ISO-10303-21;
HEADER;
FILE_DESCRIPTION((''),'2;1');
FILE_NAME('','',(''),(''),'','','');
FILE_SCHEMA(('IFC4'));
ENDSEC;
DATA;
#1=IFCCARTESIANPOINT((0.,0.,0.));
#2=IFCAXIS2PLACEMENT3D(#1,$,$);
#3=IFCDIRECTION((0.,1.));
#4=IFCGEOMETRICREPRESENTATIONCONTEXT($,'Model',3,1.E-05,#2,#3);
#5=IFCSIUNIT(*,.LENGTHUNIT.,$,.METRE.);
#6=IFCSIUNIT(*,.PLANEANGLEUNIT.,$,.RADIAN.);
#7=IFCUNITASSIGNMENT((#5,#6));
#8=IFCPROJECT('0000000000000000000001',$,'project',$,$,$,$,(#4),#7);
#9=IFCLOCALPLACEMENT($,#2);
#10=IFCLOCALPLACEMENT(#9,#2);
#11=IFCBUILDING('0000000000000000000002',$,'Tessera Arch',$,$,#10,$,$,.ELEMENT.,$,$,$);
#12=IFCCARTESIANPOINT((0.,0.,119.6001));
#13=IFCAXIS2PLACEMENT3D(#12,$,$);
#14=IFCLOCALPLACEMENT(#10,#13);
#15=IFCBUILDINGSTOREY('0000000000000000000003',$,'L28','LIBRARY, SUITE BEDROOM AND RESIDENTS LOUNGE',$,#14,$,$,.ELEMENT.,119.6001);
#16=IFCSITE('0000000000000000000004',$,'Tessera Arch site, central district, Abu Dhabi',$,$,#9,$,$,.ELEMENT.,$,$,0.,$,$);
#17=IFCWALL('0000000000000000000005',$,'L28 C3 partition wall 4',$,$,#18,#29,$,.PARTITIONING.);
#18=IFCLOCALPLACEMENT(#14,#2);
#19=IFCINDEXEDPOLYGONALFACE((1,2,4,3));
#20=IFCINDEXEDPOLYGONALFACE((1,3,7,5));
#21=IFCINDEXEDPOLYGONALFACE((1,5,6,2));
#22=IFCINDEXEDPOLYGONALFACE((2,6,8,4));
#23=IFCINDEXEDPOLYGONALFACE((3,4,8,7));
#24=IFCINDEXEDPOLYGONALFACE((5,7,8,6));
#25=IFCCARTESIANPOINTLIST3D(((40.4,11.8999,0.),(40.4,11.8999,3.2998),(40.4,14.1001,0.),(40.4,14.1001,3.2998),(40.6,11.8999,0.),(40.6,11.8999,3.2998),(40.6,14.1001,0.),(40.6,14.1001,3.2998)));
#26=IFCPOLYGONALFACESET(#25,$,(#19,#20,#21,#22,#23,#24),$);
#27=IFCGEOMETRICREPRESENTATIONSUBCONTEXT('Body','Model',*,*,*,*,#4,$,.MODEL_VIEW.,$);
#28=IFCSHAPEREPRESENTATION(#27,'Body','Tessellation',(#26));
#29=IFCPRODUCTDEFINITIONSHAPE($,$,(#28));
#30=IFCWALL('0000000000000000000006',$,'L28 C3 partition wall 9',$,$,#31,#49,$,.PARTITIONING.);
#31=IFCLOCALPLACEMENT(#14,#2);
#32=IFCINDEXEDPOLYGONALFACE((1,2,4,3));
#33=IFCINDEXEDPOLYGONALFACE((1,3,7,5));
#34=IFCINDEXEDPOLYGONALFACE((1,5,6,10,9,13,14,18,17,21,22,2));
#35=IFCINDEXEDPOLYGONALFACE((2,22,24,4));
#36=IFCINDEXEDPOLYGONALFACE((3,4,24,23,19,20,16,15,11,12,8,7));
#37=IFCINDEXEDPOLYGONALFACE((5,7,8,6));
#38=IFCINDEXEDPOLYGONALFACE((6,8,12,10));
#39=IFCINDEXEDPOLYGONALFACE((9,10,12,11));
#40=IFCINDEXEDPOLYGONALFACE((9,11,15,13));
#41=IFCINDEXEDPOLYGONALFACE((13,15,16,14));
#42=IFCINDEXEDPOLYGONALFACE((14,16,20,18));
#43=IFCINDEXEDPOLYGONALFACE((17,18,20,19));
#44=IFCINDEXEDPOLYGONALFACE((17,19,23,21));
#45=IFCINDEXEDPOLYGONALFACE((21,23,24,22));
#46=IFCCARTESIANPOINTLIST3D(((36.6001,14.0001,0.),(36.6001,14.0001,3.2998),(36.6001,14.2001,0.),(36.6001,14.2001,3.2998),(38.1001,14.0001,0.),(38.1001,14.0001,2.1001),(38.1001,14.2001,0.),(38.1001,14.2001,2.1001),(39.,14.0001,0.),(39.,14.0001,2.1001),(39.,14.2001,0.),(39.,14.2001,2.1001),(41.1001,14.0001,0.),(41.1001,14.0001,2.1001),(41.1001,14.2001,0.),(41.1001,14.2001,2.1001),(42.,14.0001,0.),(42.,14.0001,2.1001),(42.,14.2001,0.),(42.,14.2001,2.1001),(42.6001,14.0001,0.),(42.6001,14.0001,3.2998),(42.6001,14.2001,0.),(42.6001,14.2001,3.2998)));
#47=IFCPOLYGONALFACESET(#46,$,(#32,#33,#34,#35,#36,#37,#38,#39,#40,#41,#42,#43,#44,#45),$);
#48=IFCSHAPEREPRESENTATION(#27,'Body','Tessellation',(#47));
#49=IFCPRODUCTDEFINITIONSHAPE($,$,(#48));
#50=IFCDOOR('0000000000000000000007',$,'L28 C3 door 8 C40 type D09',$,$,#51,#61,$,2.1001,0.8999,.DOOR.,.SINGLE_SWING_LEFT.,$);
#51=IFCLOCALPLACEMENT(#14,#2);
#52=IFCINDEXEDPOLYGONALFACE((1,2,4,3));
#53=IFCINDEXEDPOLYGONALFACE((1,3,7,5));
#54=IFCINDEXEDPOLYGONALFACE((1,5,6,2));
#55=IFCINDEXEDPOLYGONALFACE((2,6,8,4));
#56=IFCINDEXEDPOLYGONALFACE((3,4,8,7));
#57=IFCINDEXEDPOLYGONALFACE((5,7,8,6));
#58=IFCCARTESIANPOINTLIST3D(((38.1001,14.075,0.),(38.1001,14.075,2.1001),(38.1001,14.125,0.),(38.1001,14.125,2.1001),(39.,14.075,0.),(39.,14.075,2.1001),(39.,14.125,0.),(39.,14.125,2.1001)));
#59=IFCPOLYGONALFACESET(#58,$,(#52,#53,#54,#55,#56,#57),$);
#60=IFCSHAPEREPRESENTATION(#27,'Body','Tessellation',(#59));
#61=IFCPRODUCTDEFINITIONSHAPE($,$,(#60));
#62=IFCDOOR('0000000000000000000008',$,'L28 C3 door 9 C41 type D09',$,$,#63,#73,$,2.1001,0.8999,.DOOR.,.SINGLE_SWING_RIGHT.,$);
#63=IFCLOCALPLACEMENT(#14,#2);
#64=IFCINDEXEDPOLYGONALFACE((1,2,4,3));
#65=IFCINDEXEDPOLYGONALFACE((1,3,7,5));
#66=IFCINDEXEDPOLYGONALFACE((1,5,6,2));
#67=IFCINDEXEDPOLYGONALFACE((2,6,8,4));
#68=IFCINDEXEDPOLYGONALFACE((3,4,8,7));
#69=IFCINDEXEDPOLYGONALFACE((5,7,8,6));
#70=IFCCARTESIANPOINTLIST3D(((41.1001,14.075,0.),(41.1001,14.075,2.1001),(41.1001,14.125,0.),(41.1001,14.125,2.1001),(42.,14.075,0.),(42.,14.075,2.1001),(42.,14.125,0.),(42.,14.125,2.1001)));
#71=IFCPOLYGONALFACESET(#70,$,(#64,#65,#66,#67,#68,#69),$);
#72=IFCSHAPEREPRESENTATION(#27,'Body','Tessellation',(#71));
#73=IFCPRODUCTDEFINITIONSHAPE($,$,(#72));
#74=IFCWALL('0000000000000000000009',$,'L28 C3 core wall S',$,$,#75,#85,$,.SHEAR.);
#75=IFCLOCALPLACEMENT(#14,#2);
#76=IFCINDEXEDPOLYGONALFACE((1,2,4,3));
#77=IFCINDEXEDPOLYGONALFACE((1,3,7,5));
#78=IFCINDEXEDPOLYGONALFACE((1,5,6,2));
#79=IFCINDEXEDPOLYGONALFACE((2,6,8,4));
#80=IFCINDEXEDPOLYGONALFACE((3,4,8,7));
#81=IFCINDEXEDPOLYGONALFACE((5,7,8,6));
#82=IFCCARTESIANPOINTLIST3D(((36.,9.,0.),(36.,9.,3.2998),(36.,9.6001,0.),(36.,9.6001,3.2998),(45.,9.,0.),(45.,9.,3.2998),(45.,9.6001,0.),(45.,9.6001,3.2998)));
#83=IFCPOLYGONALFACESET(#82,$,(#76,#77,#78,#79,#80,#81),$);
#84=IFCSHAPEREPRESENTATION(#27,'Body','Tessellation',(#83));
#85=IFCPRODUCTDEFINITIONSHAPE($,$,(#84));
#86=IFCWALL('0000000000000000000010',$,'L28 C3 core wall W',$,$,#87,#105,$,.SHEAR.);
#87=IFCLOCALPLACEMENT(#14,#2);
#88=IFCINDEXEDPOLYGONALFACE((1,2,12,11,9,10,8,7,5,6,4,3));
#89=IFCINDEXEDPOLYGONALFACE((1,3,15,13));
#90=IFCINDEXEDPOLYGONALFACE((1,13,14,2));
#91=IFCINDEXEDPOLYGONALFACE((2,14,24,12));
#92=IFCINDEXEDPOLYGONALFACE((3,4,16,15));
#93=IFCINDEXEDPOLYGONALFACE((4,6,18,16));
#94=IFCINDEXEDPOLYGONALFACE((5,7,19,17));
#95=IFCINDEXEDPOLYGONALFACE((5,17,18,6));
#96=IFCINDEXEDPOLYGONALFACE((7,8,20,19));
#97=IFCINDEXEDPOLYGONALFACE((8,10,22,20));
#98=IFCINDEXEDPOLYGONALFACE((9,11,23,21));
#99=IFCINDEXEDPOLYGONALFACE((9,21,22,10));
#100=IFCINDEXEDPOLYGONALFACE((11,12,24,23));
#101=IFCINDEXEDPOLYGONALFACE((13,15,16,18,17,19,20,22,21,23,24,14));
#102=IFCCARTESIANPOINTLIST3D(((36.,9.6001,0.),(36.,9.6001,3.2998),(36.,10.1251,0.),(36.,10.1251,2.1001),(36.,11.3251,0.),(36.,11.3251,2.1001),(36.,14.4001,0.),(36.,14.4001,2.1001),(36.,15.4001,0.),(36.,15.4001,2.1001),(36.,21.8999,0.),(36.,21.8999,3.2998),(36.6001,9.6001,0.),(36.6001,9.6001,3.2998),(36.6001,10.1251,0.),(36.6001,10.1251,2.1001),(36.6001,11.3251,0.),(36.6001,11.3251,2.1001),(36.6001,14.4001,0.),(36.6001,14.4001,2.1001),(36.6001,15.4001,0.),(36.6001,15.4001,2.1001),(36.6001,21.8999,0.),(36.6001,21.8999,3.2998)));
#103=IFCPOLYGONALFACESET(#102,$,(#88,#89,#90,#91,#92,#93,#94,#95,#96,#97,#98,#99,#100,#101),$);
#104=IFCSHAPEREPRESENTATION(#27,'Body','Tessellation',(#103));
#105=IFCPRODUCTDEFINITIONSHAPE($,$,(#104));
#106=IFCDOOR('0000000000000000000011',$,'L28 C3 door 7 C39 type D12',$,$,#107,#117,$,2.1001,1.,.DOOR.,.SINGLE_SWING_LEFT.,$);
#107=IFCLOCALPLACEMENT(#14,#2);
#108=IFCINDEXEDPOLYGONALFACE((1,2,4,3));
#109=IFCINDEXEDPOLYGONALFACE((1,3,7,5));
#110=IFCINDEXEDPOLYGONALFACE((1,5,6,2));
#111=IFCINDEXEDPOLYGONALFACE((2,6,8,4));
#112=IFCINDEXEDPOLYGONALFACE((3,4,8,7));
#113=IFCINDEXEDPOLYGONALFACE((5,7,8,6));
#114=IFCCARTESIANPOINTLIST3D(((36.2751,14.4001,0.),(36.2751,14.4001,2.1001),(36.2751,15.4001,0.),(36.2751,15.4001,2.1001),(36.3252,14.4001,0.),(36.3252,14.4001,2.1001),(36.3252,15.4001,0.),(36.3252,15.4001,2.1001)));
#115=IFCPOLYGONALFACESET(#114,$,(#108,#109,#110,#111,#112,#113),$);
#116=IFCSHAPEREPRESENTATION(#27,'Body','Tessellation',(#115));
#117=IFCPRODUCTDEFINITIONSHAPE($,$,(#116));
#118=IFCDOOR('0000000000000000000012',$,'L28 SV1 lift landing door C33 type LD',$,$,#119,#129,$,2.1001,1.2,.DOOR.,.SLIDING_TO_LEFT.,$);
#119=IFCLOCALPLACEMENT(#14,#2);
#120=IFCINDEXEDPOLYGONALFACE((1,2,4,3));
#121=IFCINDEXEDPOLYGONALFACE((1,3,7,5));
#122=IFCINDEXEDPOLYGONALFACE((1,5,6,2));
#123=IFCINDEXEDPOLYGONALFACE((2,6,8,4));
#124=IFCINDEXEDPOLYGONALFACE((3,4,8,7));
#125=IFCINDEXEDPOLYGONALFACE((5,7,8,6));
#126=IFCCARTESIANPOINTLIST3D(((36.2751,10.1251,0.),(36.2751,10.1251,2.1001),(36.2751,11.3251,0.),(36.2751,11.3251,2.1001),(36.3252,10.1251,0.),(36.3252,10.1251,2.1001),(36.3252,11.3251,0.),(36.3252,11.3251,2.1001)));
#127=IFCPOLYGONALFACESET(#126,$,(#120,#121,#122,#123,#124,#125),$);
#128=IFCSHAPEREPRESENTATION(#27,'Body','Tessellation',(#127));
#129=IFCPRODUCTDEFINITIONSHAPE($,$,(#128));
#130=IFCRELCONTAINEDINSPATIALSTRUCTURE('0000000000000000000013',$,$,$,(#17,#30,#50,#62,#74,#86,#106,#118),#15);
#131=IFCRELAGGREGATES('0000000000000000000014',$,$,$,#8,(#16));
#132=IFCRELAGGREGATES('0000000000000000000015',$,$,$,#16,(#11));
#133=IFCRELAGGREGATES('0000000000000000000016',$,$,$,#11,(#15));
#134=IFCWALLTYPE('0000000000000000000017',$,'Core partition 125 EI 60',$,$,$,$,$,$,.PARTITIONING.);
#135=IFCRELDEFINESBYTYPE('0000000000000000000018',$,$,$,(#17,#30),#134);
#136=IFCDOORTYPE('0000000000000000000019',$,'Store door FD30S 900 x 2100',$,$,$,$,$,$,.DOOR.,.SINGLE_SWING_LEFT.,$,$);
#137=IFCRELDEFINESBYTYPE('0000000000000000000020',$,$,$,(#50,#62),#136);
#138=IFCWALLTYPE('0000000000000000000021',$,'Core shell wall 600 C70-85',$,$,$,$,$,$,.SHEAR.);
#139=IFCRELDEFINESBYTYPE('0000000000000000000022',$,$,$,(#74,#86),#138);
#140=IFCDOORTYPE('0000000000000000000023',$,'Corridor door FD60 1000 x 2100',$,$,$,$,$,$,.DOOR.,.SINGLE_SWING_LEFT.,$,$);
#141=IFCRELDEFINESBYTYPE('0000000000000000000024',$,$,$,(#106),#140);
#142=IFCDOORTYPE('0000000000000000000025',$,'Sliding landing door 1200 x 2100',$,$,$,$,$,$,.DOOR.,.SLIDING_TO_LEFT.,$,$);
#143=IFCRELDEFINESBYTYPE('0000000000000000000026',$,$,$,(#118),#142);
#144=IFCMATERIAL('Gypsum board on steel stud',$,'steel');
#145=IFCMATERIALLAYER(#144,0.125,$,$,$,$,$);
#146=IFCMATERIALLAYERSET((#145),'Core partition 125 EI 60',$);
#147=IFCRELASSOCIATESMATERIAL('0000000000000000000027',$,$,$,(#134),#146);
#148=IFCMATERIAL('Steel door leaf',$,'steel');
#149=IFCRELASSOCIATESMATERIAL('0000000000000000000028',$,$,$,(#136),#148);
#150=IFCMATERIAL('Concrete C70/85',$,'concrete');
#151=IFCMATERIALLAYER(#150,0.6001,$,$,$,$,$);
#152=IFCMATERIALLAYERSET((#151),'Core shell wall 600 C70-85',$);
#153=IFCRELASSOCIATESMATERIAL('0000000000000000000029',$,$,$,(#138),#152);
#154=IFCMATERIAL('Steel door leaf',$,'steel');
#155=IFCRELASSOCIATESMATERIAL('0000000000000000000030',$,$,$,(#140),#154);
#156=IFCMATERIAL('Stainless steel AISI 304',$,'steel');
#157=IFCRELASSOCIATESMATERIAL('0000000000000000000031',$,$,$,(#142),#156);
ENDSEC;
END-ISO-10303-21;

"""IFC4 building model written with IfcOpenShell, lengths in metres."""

from ifc_helpers import new_model, si_unit, direction, frame, frame_2d, origin, place, context, subcontext, project, spatial, rectangle, extrude, material, layer, layer_set, type_object, element, fill, save


model = new_model("IFC4")

# Units and contexts
model_context = context("Model", 3, precision=1e-05, world=origin(), true_north=direction((0.0, 1.0)))
body_context = subcontext(model_context, "Body", "Model", "MODEL_VIEW")
ifc_project = project(units=[si_unit("LENGTHUNIT", "METRE"), si_unit("PLANEANGLEUNIT", "RADIAN")], contexts=[model_context])

# Site, building, storey
site_placement = place(None, origin())
site = spatial("IfcSite", under=ifc_project, at=site_placement, Name="Tessera Arch site, central district, Abu Dhabi", CompositionType="ELEMENT", RefElevation=0.0)
building_placement = place(site_placement, origin())
building = spatial("IfcBuilding", under=site, at=building_placement, Name="Tessera Arch", CompositionType="ELEMENT")
storey_placement = place(building_placement, frame((0.0, 0.0, 119.6001)))
storey = spatial("IfcBuildingStorey", under=building, at=storey_placement, Name="L28", Description="LIBRARY, SUITE BEDROOM AND RESIDENTS LOUNGE", CompositionType="ELEMENT", Elevation=119.6001)

# Wall
ifc_material_1 = material(Name="Gypsum board on steel stud", Category="steel")
ifc_layer_1 = layer(ifc_material_1, 0.125)
ifc_layer_set_1 = layer_set([ifc_layer_1], Name="Core partition 125 EI 60")
wall_type_1 = type_object("IfcWallType", Name="Core partition 125 EI 60", PredefinedType="PARTITIONING", material=ifc_layer_set_1)
wall_1_placement = place(storey_placement, frame((40.5, 11.8999, 0.0), z_axis=(0.0, 0.0, 1.0), x_axis=(0.0, 1.0, 0.0)))
element("IfcWall", 1, at=wall_1_placement, inside=storey, type_object=wall_type_1, Name="L28 C3 partition wall 4", PredefinedType="PARTITIONING", context=body_context, shape_type="SweptSolid", body=[
    extrude(rectangle(XDim=2.2002, YDim=0.2, at=frame_2d((1.1001, 0.0))), origin(), (0.0, 0.0, 1.0), 3.2998),
])

# Wall, openings, doors
wall_2_placement = place(storey_placement, frame((36.6001, 14.1001, 0.0), z_axis=(0.0, 0.0, 1.0), x_axis=(1.0, 0.0, 0.0)))
wall_2 = element("IfcWall", 2, at=wall_2_placement, inside=storey, type_object=wall_type_1, Name="L28 C3 partition wall 9", PredefinedType="PARTITIONING", context=body_context, shape_type="SweptSolid", body=[
    extrude(rectangle(XDim=6.0, YDim=0.2, at=frame_2d((3.0, 0.0))), origin(), (0.0, 0.0, 1.0), 3.2998),
])
opening_1_placement = place(wall_2_placement, frame((1.5, 0.0, 0.0)))
opening_1 = element("IfcOpeningElement", 3, at=opening_1_placement, cuts=wall_2, PredefinedType="OPENING", context=body_context, shape_type="SweptSolid", body=[
    extrude(rectangle(XDim=0.8999, YDim=2.1001, at=frame_2d((0.45, 1.05))), frame((0.0, 0.1099, 0.0), z_axis=(0.0, -1.0, 0.0), x_axis=(1.0, 0.0, 0.0)), (0.0, 0.0, 1.0), 0.22),
])
opening_2_placement = place(wall_2_placement, frame((4.5, 0.0, 0.0)))
opening_2 = element("IfcOpeningElement", 4, at=opening_2_placement, cuts=wall_2, PredefinedType="OPENING", context=body_context, shape_type="SweptSolid", body=[
    extrude(rectangle(XDim=0.8999, YDim=2.1001, at=frame_2d((0.45, 1.05))), frame((0.0, 0.1099, 0.0), z_axis=(0.0, -1.0, 0.0), x_axis=(1.0, 0.0, 0.0)), (0.0, 0.0, 1.0), 0.22),
])
ifc_material_2 = material(Name="Steel door leaf", Category="steel")
door_type_1 = type_object("IfcDoorType", Name="Store door FD30S 900 x 2100", OperationType="SINGLE_SWING_LEFT", PredefinedType="DOOR", material=ifc_material_2)
door_1_placement = place(opening_1_placement, origin())
door_1 = element("IfcDoor", 5, at=door_1_placement, inside=storey, type_object=door_type_1, Name="L28 C3 door 8 C40 type D09", OperationType="SINGLE_SWING_LEFT", OverallHeight=2.1001, OverallWidth=0.8999, PredefinedType="DOOR", context=body_context, shape_type="SweptSolid", body=[
    extrude(rectangle(XDim=0.8999, YDim=2.1001, at=frame_2d((0.45, 1.05))), frame((0.0, 0.0249, 0.0), z_axis=(0.0, -1.0, 0.0), x_axis=(1.0, 0.0, 0.0)), (0.0, 0.0, 1.0), 0.05),
])
fill(opening_1, door_1)
door_2_placement = place(opening_2_placement, origin())
door_2 = element("IfcDoor", 6, at=door_2_placement, inside=storey, type_object=door_type_1, Name="L28 C3 door 9 C41 type D09", OperationType="SINGLE_SWING_RIGHT", OverallHeight=2.1001, OverallWidth=0.8999, PredefinedType="DOOR", context=body_context, shape_type="SweptSolid", body=[
    extrude(rectangle(XDim=0.8999, YDim=2.1001, at=frame_2d((0.45, 1.05))), frame((0.0, 0.0249, 0.0), z_axis=(0.0, -1.0, 0.0), x_axis=(1.0, 0.0, 0.0)), (0.0, 0.0, 1.0), 0.05),
])
fill(opening_2, door_2)

# Wall
ifc_material_3 = material(Name="Concrete C70/85", Category="concrete")
ifc_layer_2 = layer(ifc_material_3, 0.6001)
ifc_layer_set_2 = layer_set([ifc_layer_2], Name="Core shell wall 600 C70-85")
wall_type_2 = type_object("IfcWallType", Name="Core shell wall 600 C70-85", PredefinedType="SHEAR", material=ifc_layer_set_2)
wall_3_placement = place(storey_placement, frame((36.0, 9.3, 0.0), z_axis=(0.0, 0.0, 1.0), x_axis=(1.0, 0.0, 0.0)))
element("IfcWall", 7, at=wall_3_placement, inside=storey, type_object=wall_type_2, Name="L28 C3 core wall S", PredefinedType="SHEAR", context=body_context, shape_type="SweptSolid", body=[
    extrude(rectangle(XDim=9.0, YDim=0.6001, at=frame_2d((4.5, 0.0))), origin(), (0.0, 0.0, 1.0), 3.2998),
])

# Wall, openings, doors
wall_4_placement = place(storey_placement, frame((36.3, 9.6001, 0.0), z_axis=(0.0, 0.0, 1.0), x_axis=(0.0, 1.0, 0.0)))
wall_4 = element("IfcWall", 8, at=wall_4_placement, inside=storey, type_object=wall_type_2, Name="L28 C3 core wall W", PredefinedType="SHEAR", context=body_context, shape_type="SweptSolid", body=[
    extrude(rectangle(XDim=12.2998, YDim=0.6001, at=frame_2d((6.1499, 0.0))), origin(), (0.0, 0.0, 1.0), 3.2998),
])
opening_3_placement = place(wall_4_placement, frame((0.5249, 0.0, 0.0)))
opening_3 = element("IfcOpeningElement", 9, at=opening_3_placement, cuts=wall_4, PredefinedType="OPENING", context=body_context, shape_type="SweptSolid", body=[
    extrude(rectangle(XDim=1.2, YDim=2.1001, at=frame_2d((0.6001, 1.05))), frame((0.0, 0.3101, 0.0), z_axis=(0.0, -1.0, 0.0), x_axis=(1.0, 0.0, 0.0)), (0.0, 0.0, 1.0), 0.6201),
])
opening_4_placement = place(wall_4_placement, frame((4.8, 0.0, 0.0)))
opening_4 = element("IfcOpeningElement", 10, at=opening_4_placement, cuts=wall_4, PredefinedType="OPENING", context=body_context, shape_type="SweptSolid", body=[
    extrude(rectangle(XDim=1.0, YDim=2.1001, at=frame_2d((0.5, 1.05))), frame((0.0, 0.3101, 0.0), z_axis=(0.0, -1.0, 0.0), x_axis=(1.0, 0.0, 0.0)), (0.0, 0.0, 1.0), 0.6201),
])
ifc_material_4 = material(Name="Steel door leaf", Category="steel")
door_type_2 = type_object("IfcDoorType", Name="Corridor door FD60 1000 x 2100", OperationType="SINGLE_SWING_LEFT", PredefinedType="DOOR", material=ifc_material_4)
door_3_placement = place(opening_4_placement, origin())
door_3 = element("IfcDoor", 11, at=door_3_placement, inside=storey, type_object=door_type_2, Name="L28 C3 door 7 C39 type D12", OperationType="SINGLE_SWING_LEFT", OverallHeight=2.1001, OverallWidth=1.0, PredefinedType="DOOR", context=body_context, shape_type="SweptSolid", body=[
    extrude(rectangle(XDim=1.0, YDim=2.1001, at=frame_2d((0.5, 1.05))), frame((0.0, 0.0249, 0.0), z_axis=(0.0, -1.0, 0.0), x_axis=(1.0, 0.0, 0.0)), (0.0, 0.0, 1.0), 0.05),
])
fill(opening_4, door_3)
ifc_material_5 = material(Name="Stainless steel AISI 304", Category="steel")
door_type_3 = type_object("IfcDoorType", Name="Sliding landing door 1200 x 2100", OperationType="SLIDING_TO_LEFT", PredefinedType="DOOR", material=ifc_material_5)
door_4_placement = place(opening_3_placement, origin())
door_4 = element("IfcDoor", 12, at=door_4_placement, inside=storey, type_object=door_type_3, Name="L28 SV1 lift landing door C33 type LD", OperationType="SLIDING_TO_LEFT", OverallHeight=2.1001, OverallWidth=1.2, PredefinedType="DOOR", context=body_context, shape_type="SweptSolid", body=[
    extrude(rectangle(XDim=1.2, YDim=2.1001, at=frame_2d((0.6001, 1.05))), frame((0.0, 0.0249, 0.0), z_axis=(0.0, -1.0, 0.0), x_axis=(1.0, 0.0, 0.0)), (0.0, 0.0, 1.0), 0.05),
])
fill(opening_3, door_4)

save(model, "model.ifc")
